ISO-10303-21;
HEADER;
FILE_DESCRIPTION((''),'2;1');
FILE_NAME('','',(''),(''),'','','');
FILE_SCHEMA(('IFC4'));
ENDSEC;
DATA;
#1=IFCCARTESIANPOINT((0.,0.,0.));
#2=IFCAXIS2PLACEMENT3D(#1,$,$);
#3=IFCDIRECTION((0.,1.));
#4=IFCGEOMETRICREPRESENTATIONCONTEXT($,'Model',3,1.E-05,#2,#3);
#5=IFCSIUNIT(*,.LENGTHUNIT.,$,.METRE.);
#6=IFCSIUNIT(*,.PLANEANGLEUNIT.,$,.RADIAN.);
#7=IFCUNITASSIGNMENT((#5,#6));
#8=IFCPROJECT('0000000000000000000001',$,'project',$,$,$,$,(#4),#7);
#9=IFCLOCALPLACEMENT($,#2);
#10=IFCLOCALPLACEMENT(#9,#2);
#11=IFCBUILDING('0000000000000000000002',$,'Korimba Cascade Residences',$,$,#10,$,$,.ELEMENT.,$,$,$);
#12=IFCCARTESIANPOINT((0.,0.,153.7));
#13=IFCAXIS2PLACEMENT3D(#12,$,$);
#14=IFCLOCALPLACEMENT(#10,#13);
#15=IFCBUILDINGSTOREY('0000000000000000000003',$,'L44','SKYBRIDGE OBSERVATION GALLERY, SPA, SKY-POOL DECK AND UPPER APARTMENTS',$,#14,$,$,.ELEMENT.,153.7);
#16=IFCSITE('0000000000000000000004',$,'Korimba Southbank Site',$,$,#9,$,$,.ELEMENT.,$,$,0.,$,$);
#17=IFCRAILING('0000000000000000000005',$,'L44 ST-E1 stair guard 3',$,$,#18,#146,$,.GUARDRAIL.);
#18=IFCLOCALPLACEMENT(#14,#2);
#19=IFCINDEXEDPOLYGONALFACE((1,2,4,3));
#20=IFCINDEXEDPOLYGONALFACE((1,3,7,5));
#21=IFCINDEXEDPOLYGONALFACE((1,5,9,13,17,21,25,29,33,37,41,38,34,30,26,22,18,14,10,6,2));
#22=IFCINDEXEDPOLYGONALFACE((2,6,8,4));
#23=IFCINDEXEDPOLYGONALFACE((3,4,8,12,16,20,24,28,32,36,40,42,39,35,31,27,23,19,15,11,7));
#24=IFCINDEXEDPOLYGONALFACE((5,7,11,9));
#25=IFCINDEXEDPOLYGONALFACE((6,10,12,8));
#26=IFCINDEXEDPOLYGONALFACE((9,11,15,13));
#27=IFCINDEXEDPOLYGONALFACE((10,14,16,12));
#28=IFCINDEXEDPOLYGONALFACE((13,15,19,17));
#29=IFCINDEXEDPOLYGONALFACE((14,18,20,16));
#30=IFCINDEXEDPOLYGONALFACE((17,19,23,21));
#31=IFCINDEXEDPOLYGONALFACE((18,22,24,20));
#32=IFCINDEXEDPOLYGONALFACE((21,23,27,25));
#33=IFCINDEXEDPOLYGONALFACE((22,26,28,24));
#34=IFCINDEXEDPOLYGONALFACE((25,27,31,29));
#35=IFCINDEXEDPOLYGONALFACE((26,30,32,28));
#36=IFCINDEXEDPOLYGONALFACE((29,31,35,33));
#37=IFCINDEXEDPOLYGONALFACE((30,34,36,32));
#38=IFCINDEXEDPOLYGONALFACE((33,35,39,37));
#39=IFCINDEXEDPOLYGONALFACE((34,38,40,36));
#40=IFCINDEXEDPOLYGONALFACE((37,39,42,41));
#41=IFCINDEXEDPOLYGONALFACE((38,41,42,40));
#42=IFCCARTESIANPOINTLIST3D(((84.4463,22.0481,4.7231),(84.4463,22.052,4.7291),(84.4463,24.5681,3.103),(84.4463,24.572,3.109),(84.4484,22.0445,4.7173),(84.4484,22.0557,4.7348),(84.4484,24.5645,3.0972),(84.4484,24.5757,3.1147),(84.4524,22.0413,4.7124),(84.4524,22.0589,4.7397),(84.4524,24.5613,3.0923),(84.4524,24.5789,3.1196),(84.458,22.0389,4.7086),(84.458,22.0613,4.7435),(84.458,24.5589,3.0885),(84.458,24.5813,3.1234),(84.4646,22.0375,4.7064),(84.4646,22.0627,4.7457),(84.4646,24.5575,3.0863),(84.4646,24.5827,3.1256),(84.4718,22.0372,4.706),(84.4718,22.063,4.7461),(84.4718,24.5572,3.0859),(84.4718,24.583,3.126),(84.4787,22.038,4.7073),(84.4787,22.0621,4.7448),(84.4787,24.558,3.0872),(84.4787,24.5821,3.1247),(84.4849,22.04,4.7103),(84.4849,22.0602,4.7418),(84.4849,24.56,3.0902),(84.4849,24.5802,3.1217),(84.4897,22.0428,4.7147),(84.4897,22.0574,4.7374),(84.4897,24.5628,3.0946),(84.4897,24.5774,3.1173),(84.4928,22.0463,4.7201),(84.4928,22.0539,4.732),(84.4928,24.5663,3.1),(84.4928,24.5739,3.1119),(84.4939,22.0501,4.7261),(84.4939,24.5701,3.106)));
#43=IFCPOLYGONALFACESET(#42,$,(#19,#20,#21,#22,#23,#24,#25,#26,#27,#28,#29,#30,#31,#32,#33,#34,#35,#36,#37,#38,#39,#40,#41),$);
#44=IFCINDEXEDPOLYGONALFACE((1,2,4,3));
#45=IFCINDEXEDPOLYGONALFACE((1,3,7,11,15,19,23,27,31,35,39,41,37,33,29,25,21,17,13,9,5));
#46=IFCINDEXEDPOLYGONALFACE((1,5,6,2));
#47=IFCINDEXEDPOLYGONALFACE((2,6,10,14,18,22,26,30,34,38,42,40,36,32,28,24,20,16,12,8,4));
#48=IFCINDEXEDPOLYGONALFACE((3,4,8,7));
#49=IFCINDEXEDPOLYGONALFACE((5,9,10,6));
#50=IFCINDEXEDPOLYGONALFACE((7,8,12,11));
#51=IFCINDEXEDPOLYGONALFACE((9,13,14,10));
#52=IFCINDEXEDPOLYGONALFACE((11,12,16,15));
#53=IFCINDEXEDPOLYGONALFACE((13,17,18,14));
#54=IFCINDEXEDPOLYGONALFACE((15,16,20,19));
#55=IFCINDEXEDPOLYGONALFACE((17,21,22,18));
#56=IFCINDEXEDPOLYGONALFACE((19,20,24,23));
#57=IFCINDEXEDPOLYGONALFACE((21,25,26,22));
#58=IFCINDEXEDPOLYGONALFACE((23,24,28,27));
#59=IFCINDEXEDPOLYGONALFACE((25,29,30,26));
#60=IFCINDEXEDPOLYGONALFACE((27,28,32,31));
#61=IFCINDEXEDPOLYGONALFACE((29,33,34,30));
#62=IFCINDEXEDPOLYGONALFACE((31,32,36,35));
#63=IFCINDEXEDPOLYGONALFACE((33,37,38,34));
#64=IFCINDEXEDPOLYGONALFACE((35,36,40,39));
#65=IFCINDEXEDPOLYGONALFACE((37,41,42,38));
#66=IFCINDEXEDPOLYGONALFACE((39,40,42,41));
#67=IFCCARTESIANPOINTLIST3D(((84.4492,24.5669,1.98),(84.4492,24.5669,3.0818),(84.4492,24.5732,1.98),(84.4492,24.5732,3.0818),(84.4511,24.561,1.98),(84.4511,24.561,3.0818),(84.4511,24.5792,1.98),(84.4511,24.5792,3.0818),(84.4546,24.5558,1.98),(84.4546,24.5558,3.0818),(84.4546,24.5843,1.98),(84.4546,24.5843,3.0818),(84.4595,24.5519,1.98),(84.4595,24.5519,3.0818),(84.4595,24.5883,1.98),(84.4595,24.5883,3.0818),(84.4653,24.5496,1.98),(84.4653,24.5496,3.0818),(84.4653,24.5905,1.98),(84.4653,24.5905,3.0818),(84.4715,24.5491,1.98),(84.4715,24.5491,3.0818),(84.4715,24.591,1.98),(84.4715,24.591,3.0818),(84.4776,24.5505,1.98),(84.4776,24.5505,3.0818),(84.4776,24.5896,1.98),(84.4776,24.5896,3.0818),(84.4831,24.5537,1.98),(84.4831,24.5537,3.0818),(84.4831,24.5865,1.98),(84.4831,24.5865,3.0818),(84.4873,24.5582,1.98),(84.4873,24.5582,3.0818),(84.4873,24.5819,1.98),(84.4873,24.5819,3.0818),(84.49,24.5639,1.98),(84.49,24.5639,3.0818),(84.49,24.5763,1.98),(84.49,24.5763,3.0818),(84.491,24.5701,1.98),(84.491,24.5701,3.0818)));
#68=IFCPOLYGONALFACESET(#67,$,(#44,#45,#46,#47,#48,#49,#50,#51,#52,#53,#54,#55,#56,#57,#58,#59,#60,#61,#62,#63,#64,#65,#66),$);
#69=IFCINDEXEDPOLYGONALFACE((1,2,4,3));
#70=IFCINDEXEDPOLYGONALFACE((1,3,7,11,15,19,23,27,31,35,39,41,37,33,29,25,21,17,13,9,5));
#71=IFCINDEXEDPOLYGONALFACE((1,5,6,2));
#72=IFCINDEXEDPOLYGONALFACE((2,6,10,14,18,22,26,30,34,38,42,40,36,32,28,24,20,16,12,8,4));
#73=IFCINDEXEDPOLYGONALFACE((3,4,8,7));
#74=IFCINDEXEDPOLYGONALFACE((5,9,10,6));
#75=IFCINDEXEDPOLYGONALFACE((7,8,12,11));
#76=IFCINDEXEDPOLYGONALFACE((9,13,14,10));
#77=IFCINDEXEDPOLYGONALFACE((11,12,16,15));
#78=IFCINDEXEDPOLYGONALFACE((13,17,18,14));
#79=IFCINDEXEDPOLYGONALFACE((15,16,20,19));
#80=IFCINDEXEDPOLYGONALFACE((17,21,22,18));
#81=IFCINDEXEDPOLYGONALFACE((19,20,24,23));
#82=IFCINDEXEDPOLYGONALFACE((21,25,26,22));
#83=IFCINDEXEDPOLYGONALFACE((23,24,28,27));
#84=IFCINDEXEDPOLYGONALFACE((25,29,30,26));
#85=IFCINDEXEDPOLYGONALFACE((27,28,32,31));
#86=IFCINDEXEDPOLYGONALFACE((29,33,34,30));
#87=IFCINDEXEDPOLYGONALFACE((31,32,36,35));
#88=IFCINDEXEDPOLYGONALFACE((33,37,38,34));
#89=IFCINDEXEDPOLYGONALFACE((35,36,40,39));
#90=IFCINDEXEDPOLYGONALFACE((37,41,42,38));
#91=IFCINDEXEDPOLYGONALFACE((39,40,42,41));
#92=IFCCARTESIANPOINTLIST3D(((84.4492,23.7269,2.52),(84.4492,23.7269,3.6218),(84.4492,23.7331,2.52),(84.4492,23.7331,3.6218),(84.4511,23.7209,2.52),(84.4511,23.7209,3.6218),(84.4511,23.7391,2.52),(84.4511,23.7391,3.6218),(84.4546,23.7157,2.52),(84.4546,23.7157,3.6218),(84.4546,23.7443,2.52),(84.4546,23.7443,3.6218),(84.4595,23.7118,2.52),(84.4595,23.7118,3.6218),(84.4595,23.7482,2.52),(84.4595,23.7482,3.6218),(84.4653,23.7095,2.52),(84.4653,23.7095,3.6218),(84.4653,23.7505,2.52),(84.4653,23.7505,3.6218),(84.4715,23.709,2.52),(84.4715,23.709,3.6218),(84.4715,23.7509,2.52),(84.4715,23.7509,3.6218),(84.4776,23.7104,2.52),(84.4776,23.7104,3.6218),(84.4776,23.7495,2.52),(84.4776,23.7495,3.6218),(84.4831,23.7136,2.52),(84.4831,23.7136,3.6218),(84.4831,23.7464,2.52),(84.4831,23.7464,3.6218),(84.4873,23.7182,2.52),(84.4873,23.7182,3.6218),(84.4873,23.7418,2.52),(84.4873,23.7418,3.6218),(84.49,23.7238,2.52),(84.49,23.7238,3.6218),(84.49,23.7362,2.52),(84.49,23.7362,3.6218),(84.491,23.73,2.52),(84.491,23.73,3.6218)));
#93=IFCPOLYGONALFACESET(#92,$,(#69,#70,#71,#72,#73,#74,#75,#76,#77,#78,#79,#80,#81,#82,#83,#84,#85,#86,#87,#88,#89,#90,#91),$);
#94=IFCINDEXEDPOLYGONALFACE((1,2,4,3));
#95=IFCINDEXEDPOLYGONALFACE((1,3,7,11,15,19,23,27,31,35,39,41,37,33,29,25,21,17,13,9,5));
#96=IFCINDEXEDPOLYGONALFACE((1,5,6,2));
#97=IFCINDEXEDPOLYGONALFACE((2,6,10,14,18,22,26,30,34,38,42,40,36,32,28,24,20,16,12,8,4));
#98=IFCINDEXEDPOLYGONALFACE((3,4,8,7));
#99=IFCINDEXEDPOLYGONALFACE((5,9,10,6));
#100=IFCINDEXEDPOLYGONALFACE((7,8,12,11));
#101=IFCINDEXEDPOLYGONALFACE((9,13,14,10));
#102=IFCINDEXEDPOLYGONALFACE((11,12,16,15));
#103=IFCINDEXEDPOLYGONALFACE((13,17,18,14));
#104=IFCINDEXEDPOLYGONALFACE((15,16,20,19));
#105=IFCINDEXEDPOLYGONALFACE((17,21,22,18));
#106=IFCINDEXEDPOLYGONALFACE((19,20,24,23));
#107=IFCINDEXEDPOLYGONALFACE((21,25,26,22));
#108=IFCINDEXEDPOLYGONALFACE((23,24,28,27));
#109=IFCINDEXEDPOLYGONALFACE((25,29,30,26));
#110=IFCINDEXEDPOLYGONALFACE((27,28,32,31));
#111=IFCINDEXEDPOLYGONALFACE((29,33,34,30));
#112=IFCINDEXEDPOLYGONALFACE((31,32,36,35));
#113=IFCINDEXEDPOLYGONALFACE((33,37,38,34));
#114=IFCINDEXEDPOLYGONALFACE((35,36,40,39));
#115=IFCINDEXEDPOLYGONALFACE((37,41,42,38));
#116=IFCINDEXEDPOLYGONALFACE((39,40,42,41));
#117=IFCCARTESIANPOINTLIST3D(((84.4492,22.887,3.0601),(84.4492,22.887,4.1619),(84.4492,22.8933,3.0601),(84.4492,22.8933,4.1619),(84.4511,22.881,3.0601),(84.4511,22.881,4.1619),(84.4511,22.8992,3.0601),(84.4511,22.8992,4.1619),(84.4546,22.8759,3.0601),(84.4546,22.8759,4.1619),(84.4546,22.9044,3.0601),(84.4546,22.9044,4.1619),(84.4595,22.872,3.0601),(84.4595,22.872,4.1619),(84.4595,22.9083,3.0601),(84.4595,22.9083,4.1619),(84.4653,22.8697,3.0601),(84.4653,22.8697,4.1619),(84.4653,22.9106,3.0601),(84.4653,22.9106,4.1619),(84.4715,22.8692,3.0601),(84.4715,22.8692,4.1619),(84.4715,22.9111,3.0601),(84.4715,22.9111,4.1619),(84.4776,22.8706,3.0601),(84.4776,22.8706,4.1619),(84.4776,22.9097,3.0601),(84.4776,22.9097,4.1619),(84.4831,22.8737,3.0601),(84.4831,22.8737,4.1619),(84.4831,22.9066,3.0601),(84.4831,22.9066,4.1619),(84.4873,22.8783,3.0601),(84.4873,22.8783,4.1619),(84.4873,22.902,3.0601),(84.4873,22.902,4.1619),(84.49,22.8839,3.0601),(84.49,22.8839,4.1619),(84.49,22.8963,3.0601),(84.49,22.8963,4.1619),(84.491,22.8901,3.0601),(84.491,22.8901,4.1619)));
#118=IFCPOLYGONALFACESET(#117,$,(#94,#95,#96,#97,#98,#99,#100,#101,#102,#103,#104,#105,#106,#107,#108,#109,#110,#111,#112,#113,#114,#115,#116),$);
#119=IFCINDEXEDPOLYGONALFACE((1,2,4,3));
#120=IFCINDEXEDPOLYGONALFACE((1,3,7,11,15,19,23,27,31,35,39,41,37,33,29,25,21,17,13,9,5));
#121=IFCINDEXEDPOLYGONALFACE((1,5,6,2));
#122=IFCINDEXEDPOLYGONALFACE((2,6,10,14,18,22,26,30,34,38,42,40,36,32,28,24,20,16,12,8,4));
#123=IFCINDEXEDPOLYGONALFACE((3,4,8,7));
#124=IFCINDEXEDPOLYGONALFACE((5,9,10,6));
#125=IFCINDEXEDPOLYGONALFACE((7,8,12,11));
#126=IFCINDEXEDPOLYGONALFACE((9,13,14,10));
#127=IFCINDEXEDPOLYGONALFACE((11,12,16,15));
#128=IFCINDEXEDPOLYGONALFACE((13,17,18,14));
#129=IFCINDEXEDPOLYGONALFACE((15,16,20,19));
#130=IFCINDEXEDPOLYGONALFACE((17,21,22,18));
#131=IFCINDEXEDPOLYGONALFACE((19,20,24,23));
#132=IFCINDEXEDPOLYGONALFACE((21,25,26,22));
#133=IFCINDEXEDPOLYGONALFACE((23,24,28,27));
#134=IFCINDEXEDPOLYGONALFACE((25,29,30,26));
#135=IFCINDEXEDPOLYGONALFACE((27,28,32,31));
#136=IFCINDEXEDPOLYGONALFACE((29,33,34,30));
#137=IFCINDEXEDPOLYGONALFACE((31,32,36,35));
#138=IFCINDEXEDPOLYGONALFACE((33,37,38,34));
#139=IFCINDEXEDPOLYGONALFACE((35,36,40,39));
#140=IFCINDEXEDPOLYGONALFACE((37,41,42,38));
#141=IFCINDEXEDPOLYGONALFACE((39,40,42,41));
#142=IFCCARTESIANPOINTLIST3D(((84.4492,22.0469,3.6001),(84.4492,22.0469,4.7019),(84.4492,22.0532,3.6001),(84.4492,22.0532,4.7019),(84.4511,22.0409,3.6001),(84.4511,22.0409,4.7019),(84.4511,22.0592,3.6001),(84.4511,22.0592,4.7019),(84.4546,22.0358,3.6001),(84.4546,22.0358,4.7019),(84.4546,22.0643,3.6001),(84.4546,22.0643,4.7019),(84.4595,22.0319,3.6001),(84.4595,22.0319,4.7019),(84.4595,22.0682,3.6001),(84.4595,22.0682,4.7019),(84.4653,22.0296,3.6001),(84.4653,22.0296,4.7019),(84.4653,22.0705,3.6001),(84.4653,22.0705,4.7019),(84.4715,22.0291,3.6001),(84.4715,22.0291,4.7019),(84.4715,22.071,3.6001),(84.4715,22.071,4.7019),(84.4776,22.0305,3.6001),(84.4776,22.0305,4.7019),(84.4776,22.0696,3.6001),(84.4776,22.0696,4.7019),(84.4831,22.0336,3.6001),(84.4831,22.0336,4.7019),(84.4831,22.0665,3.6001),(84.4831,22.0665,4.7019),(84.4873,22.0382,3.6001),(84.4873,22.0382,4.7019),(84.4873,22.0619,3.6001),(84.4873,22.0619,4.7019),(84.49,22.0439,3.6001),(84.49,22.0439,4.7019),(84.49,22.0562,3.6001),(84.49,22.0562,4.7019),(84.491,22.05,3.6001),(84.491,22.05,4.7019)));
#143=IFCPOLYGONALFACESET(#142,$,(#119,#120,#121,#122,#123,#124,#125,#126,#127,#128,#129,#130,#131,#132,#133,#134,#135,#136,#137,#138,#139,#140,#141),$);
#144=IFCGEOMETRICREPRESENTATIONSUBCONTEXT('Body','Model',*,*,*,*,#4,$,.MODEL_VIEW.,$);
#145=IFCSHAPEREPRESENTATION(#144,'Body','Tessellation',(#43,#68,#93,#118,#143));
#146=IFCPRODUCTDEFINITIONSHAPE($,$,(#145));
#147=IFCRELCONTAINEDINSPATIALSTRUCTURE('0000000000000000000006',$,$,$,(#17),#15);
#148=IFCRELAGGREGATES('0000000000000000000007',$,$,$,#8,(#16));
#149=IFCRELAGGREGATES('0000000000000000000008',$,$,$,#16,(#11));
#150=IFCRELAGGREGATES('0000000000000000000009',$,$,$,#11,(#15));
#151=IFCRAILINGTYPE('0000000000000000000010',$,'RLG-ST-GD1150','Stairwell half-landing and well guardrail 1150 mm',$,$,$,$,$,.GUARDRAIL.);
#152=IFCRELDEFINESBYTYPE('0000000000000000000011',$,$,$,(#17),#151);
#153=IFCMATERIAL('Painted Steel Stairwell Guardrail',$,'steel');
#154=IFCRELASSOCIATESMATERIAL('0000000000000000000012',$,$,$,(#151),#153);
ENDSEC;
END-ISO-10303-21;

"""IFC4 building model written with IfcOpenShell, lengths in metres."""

from ifc_helpers import new_model, si_unit, direction, frame, origin, origin_2d, place, context, subcontext, project, spatial, circle, extrude, material, type_object, element, save


model = new_model("IFC4")

# Units and contexts
model_context = context("Model", 3, precision=1e-05, world=origin(), true_north=direction((0.0, 1.0)))
body_context = subcontext(model_context, "Body", "Model", "MODEL_VIEW")
ifc_project = project(units=[si_unit("LENGTHUNIT", "METRE"), si_unit("PLANEANGLEUNIT", "RADIAN")], contexts=[model_context])

# Site, building, storey
site_placement = place(None, origin())
site = spatial("IfcSite", under=ifc_project, at=site_placement, Name="Korimba Southbank Site", CompositionType="ELEMENT", RefElevation=0.0)
building_placement = place(site_placement, origin())
building = spatial("IfcBuilding", under=site, at=building_placement, Name="Korimba Cascade Residences", CompositionType="ELEMENT")
storey_placement = place(building_placement, frame((0.0, 0.0, 153.7)))
storey = spatial("IfcBuildingStorey", under=building, at=storey_placement, Name="L44", Description="SKYBRIDGE OBSERVATION GALLERY, SPA, SKY-POOL DECK AND UPPER APARTMENTS", CompositionType="ELEMENT", Elevation=153.7)

# Railing
ifc_material_1 = material(Name="Painted Steel Stairwell Guardrail", Category="steel")
railing_type_1 = type_object("IfcRailingType", Name="RLG-ST-GD1150", Description="Stairwell half-landing and well guardrail 1150 mm", PredefinedType="GUARDRAIL", material=ifc_material_1)
railing_1_placement = place(storey_placement, frame((84.47, 24.5701, 1.98)))
element("IfcRailing", 1, at=railing_1_placement, inside=storey, type_object=railing_type_1, Name="L44 ST-E1 stair guard 3", PredefinedType="GUARDRAIL", context=body_context, shape_type="SweptSolid", body=[
    extrude(circle(Radius=0.0239, at=origin_2d()), frame((0.0, 0.0, 1.126), z_axis=(0.0, -0.841163, 0.540782), x_axis=(1.0, 0.0, 0.0)), (0.0, 0.0, 1.0), 2.9958),
    extrude(circle(Radius=0.021, at=origin_2d()), origin(), (0.0, 0.0, 1.0), 1.1018),
    extrude(circle(Radius=0.021, at=origin_2d()), frame((0.0, -0.8401, 0.54)), (0.0, 0.0, 1.0), 1.1018),
    extrude(circle(Radius=0.021, at=origin_2d()), frame((0.0, -1.6799, 1.0801)), (0.0, 0.0, 1.0), 1.1018),
    extrude(circle(Radius=0.021, at=origin_2d()), frame((0.0, -2.52, 1.6201)), (0.0, 0.0, 1.0), 1.1018),
])

save(model, "model.ifc")
